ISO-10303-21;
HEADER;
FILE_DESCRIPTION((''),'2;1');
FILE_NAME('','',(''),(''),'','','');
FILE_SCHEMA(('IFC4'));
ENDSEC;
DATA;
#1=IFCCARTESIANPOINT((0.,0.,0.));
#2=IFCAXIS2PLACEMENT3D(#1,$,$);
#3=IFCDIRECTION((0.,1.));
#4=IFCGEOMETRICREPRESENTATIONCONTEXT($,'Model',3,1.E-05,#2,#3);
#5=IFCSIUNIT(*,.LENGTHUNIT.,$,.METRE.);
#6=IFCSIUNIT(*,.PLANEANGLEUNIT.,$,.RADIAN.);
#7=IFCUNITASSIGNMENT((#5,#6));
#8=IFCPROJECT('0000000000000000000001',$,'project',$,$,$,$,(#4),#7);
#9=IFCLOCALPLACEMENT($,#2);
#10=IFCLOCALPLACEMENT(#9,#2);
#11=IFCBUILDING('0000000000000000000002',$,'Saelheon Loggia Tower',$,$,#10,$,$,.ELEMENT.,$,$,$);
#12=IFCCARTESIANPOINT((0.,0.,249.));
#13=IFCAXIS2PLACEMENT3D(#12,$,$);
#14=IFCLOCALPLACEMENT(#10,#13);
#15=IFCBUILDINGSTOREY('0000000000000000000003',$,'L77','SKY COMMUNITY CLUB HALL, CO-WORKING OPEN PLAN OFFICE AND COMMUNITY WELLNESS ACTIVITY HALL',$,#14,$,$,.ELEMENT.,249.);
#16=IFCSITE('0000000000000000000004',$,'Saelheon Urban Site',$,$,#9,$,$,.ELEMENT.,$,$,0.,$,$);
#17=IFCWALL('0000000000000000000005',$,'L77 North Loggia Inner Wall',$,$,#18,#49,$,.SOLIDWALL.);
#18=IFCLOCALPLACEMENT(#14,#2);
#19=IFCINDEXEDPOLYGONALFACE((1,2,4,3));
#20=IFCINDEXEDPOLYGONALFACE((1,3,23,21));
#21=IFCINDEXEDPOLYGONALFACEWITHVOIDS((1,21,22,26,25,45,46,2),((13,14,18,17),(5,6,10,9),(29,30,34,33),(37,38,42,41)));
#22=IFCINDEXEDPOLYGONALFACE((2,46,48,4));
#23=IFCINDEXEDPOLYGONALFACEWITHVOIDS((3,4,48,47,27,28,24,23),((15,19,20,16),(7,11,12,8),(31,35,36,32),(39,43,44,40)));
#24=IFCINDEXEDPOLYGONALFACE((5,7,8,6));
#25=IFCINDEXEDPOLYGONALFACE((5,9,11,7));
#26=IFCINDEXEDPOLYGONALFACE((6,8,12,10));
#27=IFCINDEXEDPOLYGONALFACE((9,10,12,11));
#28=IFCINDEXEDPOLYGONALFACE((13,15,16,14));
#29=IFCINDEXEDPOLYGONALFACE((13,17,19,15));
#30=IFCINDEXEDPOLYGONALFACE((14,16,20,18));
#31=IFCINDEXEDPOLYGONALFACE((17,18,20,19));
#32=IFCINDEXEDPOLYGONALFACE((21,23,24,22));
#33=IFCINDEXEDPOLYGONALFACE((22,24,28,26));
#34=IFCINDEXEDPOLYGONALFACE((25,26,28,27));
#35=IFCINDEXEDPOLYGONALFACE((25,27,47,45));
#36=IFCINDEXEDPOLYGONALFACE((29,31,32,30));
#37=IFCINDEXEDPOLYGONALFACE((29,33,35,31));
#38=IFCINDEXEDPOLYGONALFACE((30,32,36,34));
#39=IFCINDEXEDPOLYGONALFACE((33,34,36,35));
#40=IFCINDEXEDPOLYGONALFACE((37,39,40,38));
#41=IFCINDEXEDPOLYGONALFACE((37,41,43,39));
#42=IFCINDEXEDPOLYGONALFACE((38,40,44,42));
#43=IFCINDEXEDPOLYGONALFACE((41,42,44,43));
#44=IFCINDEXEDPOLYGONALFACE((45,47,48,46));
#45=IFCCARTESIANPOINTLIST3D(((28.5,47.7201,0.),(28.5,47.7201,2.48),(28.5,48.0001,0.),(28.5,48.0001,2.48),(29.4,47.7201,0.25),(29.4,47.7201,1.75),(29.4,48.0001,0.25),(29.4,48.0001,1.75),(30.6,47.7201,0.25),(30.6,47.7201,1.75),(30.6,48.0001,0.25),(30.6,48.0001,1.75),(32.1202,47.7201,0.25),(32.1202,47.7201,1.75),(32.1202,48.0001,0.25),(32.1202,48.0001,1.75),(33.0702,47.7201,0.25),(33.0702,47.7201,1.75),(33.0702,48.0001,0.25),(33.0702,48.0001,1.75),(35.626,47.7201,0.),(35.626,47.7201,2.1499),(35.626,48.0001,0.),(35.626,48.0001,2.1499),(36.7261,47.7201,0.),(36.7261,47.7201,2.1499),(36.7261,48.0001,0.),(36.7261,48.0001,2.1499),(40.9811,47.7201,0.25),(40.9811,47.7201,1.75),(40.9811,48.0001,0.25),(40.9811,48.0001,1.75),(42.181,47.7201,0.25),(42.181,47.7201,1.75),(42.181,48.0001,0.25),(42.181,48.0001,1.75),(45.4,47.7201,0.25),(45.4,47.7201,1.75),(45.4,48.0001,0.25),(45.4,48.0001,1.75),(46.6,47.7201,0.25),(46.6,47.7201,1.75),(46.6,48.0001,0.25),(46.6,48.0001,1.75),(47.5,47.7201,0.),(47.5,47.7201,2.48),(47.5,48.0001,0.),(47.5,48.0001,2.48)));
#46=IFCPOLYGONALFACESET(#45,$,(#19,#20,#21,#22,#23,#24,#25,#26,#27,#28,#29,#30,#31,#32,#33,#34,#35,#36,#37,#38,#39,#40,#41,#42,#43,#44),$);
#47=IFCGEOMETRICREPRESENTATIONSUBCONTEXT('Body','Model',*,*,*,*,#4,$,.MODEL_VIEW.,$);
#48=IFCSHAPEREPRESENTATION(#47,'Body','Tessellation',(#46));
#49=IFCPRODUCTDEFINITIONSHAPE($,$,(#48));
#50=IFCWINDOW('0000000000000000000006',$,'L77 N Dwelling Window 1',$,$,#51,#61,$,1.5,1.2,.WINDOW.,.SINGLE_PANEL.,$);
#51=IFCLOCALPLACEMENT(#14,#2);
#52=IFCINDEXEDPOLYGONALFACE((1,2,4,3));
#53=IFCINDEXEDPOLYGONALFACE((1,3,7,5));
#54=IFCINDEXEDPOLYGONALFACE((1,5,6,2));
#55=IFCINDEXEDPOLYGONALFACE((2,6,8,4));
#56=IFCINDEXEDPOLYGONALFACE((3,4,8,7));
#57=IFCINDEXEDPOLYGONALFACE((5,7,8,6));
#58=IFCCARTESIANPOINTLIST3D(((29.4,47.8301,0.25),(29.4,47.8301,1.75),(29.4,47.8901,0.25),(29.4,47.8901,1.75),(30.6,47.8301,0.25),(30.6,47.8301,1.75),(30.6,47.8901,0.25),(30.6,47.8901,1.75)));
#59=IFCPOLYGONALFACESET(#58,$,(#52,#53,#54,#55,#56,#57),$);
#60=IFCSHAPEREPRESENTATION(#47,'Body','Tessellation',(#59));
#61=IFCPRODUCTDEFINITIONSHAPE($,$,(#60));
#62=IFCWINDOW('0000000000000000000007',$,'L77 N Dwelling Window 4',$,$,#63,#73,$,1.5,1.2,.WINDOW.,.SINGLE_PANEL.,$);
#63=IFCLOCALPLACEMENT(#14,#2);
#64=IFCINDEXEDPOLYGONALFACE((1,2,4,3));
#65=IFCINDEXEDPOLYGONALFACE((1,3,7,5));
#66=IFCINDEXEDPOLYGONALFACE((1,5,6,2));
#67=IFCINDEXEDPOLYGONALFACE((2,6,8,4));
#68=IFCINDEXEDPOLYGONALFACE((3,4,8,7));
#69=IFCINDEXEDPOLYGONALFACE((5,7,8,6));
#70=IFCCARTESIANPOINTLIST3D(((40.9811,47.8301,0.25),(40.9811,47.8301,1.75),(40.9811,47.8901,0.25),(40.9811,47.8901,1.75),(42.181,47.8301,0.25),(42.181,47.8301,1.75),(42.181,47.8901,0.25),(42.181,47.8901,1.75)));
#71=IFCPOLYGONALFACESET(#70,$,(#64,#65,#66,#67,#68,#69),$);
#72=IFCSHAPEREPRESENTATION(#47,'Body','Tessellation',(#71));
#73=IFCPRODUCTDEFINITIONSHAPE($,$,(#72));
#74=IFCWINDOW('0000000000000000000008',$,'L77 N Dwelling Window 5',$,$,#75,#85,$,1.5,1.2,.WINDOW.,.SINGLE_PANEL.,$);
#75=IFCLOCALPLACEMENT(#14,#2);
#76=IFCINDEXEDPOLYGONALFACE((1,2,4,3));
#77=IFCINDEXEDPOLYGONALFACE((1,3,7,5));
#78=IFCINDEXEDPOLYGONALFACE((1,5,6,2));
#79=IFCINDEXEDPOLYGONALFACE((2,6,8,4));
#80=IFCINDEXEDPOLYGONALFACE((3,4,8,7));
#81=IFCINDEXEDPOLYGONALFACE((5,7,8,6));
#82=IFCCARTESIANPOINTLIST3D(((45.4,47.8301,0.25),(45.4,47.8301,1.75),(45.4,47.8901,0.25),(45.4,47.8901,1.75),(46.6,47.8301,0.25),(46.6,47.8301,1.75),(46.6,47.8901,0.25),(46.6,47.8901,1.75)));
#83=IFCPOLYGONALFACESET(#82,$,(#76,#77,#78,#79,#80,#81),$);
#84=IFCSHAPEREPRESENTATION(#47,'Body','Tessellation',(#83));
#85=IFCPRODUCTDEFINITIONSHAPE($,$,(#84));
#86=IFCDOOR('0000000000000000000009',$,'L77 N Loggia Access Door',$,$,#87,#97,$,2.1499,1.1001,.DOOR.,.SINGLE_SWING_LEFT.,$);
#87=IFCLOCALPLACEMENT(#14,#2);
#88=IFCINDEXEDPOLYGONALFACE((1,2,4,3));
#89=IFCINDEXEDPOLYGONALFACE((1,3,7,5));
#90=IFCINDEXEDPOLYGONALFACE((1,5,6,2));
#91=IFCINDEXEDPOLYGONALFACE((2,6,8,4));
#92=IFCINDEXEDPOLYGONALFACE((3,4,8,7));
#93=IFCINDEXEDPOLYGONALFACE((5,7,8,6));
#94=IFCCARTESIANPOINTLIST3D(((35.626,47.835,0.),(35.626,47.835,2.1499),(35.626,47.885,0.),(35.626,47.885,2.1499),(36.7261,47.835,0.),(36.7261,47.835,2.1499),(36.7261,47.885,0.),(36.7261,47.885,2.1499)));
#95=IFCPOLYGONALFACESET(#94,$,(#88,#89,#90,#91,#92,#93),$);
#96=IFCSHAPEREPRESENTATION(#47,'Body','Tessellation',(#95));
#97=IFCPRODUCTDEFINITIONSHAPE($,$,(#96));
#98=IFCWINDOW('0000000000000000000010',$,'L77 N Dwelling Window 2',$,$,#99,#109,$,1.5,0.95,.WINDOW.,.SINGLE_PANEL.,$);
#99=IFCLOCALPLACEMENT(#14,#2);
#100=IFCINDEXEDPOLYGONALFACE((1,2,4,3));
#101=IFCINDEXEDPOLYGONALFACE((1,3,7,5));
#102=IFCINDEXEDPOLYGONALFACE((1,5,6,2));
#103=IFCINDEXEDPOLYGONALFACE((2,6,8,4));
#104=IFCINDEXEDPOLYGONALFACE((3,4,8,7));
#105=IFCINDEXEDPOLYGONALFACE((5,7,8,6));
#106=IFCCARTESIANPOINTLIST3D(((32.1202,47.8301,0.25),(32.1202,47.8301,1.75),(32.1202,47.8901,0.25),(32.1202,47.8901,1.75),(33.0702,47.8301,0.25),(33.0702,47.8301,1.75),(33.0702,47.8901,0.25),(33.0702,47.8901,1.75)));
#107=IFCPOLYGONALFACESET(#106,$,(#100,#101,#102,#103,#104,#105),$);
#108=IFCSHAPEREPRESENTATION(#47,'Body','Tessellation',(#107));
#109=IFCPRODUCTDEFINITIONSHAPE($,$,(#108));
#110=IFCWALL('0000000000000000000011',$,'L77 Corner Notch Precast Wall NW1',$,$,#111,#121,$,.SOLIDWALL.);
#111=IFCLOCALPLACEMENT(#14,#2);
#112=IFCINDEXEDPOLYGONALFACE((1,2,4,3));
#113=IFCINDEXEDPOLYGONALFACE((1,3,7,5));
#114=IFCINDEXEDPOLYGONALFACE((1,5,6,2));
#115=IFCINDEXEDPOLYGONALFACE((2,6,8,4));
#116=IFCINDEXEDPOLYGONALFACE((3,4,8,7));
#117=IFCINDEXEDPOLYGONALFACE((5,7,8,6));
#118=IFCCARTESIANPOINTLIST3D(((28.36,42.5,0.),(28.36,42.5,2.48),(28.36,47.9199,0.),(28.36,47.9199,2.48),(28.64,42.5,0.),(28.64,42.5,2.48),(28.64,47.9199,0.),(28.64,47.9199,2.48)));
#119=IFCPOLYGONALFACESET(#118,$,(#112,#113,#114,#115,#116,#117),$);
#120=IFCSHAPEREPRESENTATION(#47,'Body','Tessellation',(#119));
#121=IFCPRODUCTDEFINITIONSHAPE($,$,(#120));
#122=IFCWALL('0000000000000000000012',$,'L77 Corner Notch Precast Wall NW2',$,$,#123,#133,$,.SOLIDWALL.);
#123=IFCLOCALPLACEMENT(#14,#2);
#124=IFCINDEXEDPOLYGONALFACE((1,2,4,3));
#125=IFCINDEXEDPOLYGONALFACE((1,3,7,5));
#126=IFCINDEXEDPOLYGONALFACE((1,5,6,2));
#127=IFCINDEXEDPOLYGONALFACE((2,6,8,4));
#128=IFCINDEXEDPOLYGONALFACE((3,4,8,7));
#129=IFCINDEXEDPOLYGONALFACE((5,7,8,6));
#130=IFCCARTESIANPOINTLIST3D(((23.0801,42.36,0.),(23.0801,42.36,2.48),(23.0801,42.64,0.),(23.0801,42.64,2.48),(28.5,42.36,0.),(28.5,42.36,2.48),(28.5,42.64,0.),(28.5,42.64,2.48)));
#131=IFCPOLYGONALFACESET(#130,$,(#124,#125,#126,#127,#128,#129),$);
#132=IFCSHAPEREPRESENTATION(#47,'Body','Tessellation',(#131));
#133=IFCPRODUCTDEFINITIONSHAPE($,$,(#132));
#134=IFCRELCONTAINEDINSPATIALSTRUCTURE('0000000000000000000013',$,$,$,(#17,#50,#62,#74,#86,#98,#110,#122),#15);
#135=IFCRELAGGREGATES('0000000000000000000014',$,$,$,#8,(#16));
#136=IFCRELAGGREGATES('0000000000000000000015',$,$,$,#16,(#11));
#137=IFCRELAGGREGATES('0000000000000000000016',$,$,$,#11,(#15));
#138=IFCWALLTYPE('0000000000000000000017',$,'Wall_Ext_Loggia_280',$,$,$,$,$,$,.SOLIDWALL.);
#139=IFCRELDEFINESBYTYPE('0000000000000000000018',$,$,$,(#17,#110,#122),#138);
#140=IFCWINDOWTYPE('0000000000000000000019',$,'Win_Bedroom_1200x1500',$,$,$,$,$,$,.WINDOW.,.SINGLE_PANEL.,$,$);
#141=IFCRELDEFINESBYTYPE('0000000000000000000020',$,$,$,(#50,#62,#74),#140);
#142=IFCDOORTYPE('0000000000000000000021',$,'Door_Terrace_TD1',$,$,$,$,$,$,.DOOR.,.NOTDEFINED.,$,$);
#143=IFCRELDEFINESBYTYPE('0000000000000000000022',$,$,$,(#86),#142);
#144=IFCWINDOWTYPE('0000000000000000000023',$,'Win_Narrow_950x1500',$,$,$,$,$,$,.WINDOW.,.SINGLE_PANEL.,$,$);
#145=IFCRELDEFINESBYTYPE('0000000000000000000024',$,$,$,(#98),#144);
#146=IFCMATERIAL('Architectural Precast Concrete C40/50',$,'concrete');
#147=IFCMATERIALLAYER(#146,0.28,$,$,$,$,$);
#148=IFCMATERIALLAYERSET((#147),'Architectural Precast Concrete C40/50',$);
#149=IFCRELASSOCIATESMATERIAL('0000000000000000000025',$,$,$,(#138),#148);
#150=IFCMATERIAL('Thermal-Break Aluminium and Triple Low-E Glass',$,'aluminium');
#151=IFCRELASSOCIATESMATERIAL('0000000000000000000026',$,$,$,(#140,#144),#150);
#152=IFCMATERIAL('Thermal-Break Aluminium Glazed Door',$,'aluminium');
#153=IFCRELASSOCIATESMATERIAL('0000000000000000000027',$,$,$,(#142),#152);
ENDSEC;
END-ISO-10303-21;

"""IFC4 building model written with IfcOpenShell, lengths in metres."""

from ifc_helpers import new_model, si_unit, direction, frame, frame_2d, origin, place, context, subcontext, project, spatial, rectangle, extrude, source, transform, mapped, material, layer, layer_set, type_object, element, fill, save


model = new_model("IFC4")

# Units and contexts
model_context = context("Model", 3, precision=1e-05, world=origin(), true_north=direction((0.0, 1.0)))
body_context = subcontext(model_context, "Body", "Model", "MODEL_VIEW")
ifc_project = project(units=[si_unit("LENGTHUNIT", "METRE"), si_unit("PLANEANGLEUNIT", "RADIAN")], contexts=[model_context])

# Site, building, storey
site_placement = place(None, origin())
site = spatial("IfcSite", under=ifc_project, at=site_placement, Name="Saelheon Urban Site", CompositionType="ELEMENT", RefElevation=0.0)
building_placement = place(site_placement, origin())
building = spatial("IfcBuilding", under=site, at=building_placement, Name="Saelheon Loggia Tower", CompositionType="ELEMENT")
storey_placement = place(building_placement, frame((0.0, 0.0, 249.0)))
storey = spatial("IfcBuildingStorey", under=building, at=storey_placement, Name="L77", Description="SKY COMMUNITY CLUB HALL, CO-WORKING OPEN PLAN OFFICE AND COMMUNITY WELLNESS ACTIVITY HALL", CompositionType="ELEMENT", Elevation=249.0)

# Wall, openings, windows, door
ifc_material_1 = material(Name="Architectural Precast Concrete C40/50", Category="concrete")
ifc_layer = layer(ifc_material_1, 0.28)
ifc_layer_set = layer_set([ifc_layer], Name="Architectural Precast Concrete C40/50")
wall_type = type_object("IfcWallType", Name="Wall_Ext_Loggia_280", PredefinedType="SOLIDWALL", material=ifc_layer_set)
wall_placement = place(storey_placement, frame((28.5, 47.8601, 0.0), z_axis=(0.0, 0.0, 1.0), x_axis=(1.0, 0.0, 0.0)))
wall = element("IfcWall", 1, at=wall_placement, inside=storey, type_object=wall_type, Name="L77 North Loggia Inner Wall", PredefinedType="SOLIDWALL", context=body_context, shape_type="SweptSolid", body=[
    extrude(rectangle(XDim=19.0, YDim=0.28, at=frame_2d((9.5, 0.0))), origin(), (0.0, 0.0, 1.0), 2.48),
])
opening_1_placement = place(wall_placement, frame((0.8999, 0.0, 0.25)))
opening_1 = element("IfcOpeningElement", 2, at=opening_1_placement, cuts=wall, PredefinedType="OPENING", context=body_context, shape_type="SweptSolid", body=[
    extrude(rectangle(XDim=1.2, YDim=1.5, at=frame_2d((0.6001, 0.75))), frame((0.0, 0.1521, 0.0), z_axis=(0.0, -1.0, 0.0), x_axis=(1.0, 0.0, 0.0)), (0.0, 0.0, 1.0), 0.304),
])
opening_2_placement = place(wall_placement, frame((3.6201, 0.0, 0.25)))
opening_2 = element("IfcOpeningElement", 3, at=opening_2_placement, cuts=wall, PredefinedType="OPENING", context=body_context, shape_type="SweptSolid", body=[
    extrude(rectangle(XDim=0.95, YDim=1.5, at=frame_2d((0.4751, 0.75))), frame((0.0, 0.1521, 0.0), z_axis=(0.0, -1.0, 0.0), x_axis=(1.0, 0.0, 0.0)), (0.0, 0.0, 1.0), 0.304),
])
opening_3_placement = place(wall_placement, frame((7.126, 0.0, 0.0)))
opening_3 = element("IfcOpeningElement", 4, at=opening_3_placement, cuts=wall, PredefinedType="OPENING", context=body_context, shape_type="SweptSolid", body=[
    extrude(rectangle(XDim=1.1001, YDim=2.1499, at=frame_2d((0.55, 1.075))), frame((0.0, 0.1521, 0.0), z_axis=(0.0, -1.0, 0.0), x_axis=(1.0, 0.0, 0.0)), (0.0, 0.0, 1.0), 0.304),
])
opening_4_placement = place(wall_placement, frame((12.481, 0.0, 0.25)))
opening_4 = element("IfcOpeningElement", 5, at=opening_4_placement, cuts=wall, PredefinedType="OPENING", context=body_context, shape_type="SweptSolid", body=[
    extrude(rectangle(XDim=1.2, YDim=1.5, at=frame_2d((0.6001, 0.75))), frame((0.0, 0.1521, 0.0), z_axis=(0.0, -1.0, 0.0), x_axis=(1.0, 0.0, 0.0)), (0.0, 0.0, 1.0), 0.304),
])
opening_5_placement = place(wall_placement, frame((16.8999, 0.0, 0.25)))
opening_5 = element("IfcOpeningElement", 6, at=opening_5_placement, cuts=wall, PredefinedType="OPENING", context=body_context, shape_type="SweptSolid", body=[
    extrude(rectangle(XDim=1.2, YDim=1.5, at=frame_2d((0.6001, 0.75))), frame((0.0, 0.1521, 0.0), z_axis=(0.0, -1.0, 0.0), x_axis=(1.0, 0.0, 0.0)), (0.0, 0.0, 1.0), 0.304),
])
ifc_material_2 = material(Name="Thermal-Break Aluminium and Triple Low-E Glass", Category="aluminium")
window_type_1 = type_object("IfcWindowType", Name="Win_Bedroom_1200x1500", PartitioningType="SINGLE_PANEL", PredefinedType="WINDOW", material=ifc_material_2)
shared_shape_1 = source(origin(), body_context, "Body", "SweptSolid", [
    extrude(rectangle(XDim=1.2, YDim=1.5, at=frame_2d((0.6001, 0.75))), frame((0.0, 0.03, 0.0), z_axis=(0.0, -1.0, 0.0), x_axis=(1.0, 0.0, 0.0)), (0.0, 0.0, 1.0), 0.0601),
])
window_1_placement = place(opening_1_placement, origin())
window_1 = element("IfcWindow", 7, at=window_1_placement, inside=storey, type_object=window_type_1, Name="L77 N Dwelling Window 1", OverallHeight=1.5, OverallWidth=1.2, PartitioningType="SINGLE_PANEL", PredefinedType="WINDOW", context=body_context, shape_type="MappedRepresentation", body=[
    mapped(shared_shape_1, transform((0.0, 0.0, 0.0), scale=1.0)),
])
fill(opening_1, window_1)
window_2_placement = place(opening_4_placement, origin())
window_2 = element("IfcWindow", 8, at=window_2_placement, inside=storey, type_object=window_type_1, Name="L77 N Dwelling Window 4", OverallHeight=1.5, OverallWidth=1.2, PartitioningType="SINGLE_PANEL", PredefinedType="WINDOW", context=body_context, shape_type="MappedRepresentation", body=[
    mapped(shared_shape_1, transform((0.0, 0.0, 0.0), scale=1.0)),
])
fill(opening_4, window_2)
window_3_placement = place(opening_5_placement, origin())
window_3 = element("IfcWindow", 9, at=window_3_placement, inside=storey, type_object=window_type_1, Name="L77 N Dwelling Window 5", OverallHeight=1.5, OverallWidth=1.2, PartitioningType="SINGLE_PANEL", PredefinedType="WINDOW", context=body_context, shape_type="MappedRepresentation", body=[
    mapped(shared_shape_1, transform((0.0, 0.0, 0.0), scale=1.0)),
])
fill(opening_5, window_3)
ifc_material_3 = material(Name="Thermal-Break Aluminium Glazed Door", Category="aluminium")
door_type = type_object("IfcDoorType", Name="Door_Terrace_TD1", OperationType="NOTDEFINED", PredefinedType="DOOR", material=ifc_material_3)
shared_shape_2 = source(origin(), body_context, "Body", "SweptSolid", [
    extrude(rectangle(XDim=1.1001, YDim=2.1499, at=frame_2d((0.55, 1.075))), frame((0.0, 0.0249, 0.0), z_axis=(0.0, -1.0, 0.0), x_axis=(1.0, 0.0, 0.0)), (0.0, 0.0, 1.0), 0.05),
])
door_placement = place(opening_3_placement, origin())
door = element("IfcDoor", 10, at=door_placement, inside=storey, type_object=door_type, Name="L77 N Loggia Access Door", OperationType="SINGLE_SWING_LEFT", OverallHeight=2.1499, OverallWidth=1.1001, PredefinedType="DOOR", context=body_context, shape_type="MappedRepresentation", body=[
    mapped(shared_shape_2, transform((0.0, 0.0, 0.0), scale=1.0)),
])
fill(opening_3, door)
window_type_2 = type_object("IfcWindowType", Name="Win_Narrow_950x1500", PartitioningType="SINGLE_PANEL", PredefinedType="WINDOW", material=ifc_material_2)
shared_shape_3 = source(origin(), body_context, "Body", "SweptSolid", [
    extrude(rectangle(XDim=0.95, YDim=1.5, at=frame_2d((0.4751, 0.75))), frame((0.0, 0.03, 0.0), z_axis=(0.0, -1.0, 0.0), x_axis=(1.0, 0.0, 0.0)), (0.0, 0.0, 1.0), 0.0601),
])
window_4_placement = place(opening_2_placement, origin())
window_4 = element("IfcWindow", 11, at=window_4_placement, inside=storey, type_object=window_type_2, Name="L77 N Dwelling Window 2", OverallHeight=1.5, OverallWidth=0.95, PartitioningType="SINGLE_PANEL", PredefinedType="WINDOW", context=body_context, shape_type="MappedRepresentation", body=[
    mapped(shared_shape_3, transform((0.0, 0.0, 0.0), scale=1.0)),
])
fill(opening_2, window_4)

# Walls
for number, where, z_axis, x_axis, name in (
    (12, (28.5, 42.5, 0.0), (0.0, 0.0, 1.0), (0.0, 1.0, 0.0), "L77 Corner Notch Precast Wall NW1"),
    (13, (23.0801, 42.5, 0.0), (0.0, 0.0, 1.0), (1.0, 0.0, 0.0), "L77 Corner Notch Precast Wall NW2"),
):
    element("IfcWall", number, at=place(storey_placement, frame(where, z_axis=z_axis, x_axis=x_axis)), inside=storey, type_object=wall_type, Name=name, PredefinedType="SOLIDWALL", context=body_context, shape_type="SweptSolid", body=[
        extrude(rectangle(XDim=5.4199, YDim=0.28, at=frame_2d((2.71, 0.0))), origin(), (0.0, 0.0, 1.0), 2.48),
    ])

save(model, "model.ifc")
